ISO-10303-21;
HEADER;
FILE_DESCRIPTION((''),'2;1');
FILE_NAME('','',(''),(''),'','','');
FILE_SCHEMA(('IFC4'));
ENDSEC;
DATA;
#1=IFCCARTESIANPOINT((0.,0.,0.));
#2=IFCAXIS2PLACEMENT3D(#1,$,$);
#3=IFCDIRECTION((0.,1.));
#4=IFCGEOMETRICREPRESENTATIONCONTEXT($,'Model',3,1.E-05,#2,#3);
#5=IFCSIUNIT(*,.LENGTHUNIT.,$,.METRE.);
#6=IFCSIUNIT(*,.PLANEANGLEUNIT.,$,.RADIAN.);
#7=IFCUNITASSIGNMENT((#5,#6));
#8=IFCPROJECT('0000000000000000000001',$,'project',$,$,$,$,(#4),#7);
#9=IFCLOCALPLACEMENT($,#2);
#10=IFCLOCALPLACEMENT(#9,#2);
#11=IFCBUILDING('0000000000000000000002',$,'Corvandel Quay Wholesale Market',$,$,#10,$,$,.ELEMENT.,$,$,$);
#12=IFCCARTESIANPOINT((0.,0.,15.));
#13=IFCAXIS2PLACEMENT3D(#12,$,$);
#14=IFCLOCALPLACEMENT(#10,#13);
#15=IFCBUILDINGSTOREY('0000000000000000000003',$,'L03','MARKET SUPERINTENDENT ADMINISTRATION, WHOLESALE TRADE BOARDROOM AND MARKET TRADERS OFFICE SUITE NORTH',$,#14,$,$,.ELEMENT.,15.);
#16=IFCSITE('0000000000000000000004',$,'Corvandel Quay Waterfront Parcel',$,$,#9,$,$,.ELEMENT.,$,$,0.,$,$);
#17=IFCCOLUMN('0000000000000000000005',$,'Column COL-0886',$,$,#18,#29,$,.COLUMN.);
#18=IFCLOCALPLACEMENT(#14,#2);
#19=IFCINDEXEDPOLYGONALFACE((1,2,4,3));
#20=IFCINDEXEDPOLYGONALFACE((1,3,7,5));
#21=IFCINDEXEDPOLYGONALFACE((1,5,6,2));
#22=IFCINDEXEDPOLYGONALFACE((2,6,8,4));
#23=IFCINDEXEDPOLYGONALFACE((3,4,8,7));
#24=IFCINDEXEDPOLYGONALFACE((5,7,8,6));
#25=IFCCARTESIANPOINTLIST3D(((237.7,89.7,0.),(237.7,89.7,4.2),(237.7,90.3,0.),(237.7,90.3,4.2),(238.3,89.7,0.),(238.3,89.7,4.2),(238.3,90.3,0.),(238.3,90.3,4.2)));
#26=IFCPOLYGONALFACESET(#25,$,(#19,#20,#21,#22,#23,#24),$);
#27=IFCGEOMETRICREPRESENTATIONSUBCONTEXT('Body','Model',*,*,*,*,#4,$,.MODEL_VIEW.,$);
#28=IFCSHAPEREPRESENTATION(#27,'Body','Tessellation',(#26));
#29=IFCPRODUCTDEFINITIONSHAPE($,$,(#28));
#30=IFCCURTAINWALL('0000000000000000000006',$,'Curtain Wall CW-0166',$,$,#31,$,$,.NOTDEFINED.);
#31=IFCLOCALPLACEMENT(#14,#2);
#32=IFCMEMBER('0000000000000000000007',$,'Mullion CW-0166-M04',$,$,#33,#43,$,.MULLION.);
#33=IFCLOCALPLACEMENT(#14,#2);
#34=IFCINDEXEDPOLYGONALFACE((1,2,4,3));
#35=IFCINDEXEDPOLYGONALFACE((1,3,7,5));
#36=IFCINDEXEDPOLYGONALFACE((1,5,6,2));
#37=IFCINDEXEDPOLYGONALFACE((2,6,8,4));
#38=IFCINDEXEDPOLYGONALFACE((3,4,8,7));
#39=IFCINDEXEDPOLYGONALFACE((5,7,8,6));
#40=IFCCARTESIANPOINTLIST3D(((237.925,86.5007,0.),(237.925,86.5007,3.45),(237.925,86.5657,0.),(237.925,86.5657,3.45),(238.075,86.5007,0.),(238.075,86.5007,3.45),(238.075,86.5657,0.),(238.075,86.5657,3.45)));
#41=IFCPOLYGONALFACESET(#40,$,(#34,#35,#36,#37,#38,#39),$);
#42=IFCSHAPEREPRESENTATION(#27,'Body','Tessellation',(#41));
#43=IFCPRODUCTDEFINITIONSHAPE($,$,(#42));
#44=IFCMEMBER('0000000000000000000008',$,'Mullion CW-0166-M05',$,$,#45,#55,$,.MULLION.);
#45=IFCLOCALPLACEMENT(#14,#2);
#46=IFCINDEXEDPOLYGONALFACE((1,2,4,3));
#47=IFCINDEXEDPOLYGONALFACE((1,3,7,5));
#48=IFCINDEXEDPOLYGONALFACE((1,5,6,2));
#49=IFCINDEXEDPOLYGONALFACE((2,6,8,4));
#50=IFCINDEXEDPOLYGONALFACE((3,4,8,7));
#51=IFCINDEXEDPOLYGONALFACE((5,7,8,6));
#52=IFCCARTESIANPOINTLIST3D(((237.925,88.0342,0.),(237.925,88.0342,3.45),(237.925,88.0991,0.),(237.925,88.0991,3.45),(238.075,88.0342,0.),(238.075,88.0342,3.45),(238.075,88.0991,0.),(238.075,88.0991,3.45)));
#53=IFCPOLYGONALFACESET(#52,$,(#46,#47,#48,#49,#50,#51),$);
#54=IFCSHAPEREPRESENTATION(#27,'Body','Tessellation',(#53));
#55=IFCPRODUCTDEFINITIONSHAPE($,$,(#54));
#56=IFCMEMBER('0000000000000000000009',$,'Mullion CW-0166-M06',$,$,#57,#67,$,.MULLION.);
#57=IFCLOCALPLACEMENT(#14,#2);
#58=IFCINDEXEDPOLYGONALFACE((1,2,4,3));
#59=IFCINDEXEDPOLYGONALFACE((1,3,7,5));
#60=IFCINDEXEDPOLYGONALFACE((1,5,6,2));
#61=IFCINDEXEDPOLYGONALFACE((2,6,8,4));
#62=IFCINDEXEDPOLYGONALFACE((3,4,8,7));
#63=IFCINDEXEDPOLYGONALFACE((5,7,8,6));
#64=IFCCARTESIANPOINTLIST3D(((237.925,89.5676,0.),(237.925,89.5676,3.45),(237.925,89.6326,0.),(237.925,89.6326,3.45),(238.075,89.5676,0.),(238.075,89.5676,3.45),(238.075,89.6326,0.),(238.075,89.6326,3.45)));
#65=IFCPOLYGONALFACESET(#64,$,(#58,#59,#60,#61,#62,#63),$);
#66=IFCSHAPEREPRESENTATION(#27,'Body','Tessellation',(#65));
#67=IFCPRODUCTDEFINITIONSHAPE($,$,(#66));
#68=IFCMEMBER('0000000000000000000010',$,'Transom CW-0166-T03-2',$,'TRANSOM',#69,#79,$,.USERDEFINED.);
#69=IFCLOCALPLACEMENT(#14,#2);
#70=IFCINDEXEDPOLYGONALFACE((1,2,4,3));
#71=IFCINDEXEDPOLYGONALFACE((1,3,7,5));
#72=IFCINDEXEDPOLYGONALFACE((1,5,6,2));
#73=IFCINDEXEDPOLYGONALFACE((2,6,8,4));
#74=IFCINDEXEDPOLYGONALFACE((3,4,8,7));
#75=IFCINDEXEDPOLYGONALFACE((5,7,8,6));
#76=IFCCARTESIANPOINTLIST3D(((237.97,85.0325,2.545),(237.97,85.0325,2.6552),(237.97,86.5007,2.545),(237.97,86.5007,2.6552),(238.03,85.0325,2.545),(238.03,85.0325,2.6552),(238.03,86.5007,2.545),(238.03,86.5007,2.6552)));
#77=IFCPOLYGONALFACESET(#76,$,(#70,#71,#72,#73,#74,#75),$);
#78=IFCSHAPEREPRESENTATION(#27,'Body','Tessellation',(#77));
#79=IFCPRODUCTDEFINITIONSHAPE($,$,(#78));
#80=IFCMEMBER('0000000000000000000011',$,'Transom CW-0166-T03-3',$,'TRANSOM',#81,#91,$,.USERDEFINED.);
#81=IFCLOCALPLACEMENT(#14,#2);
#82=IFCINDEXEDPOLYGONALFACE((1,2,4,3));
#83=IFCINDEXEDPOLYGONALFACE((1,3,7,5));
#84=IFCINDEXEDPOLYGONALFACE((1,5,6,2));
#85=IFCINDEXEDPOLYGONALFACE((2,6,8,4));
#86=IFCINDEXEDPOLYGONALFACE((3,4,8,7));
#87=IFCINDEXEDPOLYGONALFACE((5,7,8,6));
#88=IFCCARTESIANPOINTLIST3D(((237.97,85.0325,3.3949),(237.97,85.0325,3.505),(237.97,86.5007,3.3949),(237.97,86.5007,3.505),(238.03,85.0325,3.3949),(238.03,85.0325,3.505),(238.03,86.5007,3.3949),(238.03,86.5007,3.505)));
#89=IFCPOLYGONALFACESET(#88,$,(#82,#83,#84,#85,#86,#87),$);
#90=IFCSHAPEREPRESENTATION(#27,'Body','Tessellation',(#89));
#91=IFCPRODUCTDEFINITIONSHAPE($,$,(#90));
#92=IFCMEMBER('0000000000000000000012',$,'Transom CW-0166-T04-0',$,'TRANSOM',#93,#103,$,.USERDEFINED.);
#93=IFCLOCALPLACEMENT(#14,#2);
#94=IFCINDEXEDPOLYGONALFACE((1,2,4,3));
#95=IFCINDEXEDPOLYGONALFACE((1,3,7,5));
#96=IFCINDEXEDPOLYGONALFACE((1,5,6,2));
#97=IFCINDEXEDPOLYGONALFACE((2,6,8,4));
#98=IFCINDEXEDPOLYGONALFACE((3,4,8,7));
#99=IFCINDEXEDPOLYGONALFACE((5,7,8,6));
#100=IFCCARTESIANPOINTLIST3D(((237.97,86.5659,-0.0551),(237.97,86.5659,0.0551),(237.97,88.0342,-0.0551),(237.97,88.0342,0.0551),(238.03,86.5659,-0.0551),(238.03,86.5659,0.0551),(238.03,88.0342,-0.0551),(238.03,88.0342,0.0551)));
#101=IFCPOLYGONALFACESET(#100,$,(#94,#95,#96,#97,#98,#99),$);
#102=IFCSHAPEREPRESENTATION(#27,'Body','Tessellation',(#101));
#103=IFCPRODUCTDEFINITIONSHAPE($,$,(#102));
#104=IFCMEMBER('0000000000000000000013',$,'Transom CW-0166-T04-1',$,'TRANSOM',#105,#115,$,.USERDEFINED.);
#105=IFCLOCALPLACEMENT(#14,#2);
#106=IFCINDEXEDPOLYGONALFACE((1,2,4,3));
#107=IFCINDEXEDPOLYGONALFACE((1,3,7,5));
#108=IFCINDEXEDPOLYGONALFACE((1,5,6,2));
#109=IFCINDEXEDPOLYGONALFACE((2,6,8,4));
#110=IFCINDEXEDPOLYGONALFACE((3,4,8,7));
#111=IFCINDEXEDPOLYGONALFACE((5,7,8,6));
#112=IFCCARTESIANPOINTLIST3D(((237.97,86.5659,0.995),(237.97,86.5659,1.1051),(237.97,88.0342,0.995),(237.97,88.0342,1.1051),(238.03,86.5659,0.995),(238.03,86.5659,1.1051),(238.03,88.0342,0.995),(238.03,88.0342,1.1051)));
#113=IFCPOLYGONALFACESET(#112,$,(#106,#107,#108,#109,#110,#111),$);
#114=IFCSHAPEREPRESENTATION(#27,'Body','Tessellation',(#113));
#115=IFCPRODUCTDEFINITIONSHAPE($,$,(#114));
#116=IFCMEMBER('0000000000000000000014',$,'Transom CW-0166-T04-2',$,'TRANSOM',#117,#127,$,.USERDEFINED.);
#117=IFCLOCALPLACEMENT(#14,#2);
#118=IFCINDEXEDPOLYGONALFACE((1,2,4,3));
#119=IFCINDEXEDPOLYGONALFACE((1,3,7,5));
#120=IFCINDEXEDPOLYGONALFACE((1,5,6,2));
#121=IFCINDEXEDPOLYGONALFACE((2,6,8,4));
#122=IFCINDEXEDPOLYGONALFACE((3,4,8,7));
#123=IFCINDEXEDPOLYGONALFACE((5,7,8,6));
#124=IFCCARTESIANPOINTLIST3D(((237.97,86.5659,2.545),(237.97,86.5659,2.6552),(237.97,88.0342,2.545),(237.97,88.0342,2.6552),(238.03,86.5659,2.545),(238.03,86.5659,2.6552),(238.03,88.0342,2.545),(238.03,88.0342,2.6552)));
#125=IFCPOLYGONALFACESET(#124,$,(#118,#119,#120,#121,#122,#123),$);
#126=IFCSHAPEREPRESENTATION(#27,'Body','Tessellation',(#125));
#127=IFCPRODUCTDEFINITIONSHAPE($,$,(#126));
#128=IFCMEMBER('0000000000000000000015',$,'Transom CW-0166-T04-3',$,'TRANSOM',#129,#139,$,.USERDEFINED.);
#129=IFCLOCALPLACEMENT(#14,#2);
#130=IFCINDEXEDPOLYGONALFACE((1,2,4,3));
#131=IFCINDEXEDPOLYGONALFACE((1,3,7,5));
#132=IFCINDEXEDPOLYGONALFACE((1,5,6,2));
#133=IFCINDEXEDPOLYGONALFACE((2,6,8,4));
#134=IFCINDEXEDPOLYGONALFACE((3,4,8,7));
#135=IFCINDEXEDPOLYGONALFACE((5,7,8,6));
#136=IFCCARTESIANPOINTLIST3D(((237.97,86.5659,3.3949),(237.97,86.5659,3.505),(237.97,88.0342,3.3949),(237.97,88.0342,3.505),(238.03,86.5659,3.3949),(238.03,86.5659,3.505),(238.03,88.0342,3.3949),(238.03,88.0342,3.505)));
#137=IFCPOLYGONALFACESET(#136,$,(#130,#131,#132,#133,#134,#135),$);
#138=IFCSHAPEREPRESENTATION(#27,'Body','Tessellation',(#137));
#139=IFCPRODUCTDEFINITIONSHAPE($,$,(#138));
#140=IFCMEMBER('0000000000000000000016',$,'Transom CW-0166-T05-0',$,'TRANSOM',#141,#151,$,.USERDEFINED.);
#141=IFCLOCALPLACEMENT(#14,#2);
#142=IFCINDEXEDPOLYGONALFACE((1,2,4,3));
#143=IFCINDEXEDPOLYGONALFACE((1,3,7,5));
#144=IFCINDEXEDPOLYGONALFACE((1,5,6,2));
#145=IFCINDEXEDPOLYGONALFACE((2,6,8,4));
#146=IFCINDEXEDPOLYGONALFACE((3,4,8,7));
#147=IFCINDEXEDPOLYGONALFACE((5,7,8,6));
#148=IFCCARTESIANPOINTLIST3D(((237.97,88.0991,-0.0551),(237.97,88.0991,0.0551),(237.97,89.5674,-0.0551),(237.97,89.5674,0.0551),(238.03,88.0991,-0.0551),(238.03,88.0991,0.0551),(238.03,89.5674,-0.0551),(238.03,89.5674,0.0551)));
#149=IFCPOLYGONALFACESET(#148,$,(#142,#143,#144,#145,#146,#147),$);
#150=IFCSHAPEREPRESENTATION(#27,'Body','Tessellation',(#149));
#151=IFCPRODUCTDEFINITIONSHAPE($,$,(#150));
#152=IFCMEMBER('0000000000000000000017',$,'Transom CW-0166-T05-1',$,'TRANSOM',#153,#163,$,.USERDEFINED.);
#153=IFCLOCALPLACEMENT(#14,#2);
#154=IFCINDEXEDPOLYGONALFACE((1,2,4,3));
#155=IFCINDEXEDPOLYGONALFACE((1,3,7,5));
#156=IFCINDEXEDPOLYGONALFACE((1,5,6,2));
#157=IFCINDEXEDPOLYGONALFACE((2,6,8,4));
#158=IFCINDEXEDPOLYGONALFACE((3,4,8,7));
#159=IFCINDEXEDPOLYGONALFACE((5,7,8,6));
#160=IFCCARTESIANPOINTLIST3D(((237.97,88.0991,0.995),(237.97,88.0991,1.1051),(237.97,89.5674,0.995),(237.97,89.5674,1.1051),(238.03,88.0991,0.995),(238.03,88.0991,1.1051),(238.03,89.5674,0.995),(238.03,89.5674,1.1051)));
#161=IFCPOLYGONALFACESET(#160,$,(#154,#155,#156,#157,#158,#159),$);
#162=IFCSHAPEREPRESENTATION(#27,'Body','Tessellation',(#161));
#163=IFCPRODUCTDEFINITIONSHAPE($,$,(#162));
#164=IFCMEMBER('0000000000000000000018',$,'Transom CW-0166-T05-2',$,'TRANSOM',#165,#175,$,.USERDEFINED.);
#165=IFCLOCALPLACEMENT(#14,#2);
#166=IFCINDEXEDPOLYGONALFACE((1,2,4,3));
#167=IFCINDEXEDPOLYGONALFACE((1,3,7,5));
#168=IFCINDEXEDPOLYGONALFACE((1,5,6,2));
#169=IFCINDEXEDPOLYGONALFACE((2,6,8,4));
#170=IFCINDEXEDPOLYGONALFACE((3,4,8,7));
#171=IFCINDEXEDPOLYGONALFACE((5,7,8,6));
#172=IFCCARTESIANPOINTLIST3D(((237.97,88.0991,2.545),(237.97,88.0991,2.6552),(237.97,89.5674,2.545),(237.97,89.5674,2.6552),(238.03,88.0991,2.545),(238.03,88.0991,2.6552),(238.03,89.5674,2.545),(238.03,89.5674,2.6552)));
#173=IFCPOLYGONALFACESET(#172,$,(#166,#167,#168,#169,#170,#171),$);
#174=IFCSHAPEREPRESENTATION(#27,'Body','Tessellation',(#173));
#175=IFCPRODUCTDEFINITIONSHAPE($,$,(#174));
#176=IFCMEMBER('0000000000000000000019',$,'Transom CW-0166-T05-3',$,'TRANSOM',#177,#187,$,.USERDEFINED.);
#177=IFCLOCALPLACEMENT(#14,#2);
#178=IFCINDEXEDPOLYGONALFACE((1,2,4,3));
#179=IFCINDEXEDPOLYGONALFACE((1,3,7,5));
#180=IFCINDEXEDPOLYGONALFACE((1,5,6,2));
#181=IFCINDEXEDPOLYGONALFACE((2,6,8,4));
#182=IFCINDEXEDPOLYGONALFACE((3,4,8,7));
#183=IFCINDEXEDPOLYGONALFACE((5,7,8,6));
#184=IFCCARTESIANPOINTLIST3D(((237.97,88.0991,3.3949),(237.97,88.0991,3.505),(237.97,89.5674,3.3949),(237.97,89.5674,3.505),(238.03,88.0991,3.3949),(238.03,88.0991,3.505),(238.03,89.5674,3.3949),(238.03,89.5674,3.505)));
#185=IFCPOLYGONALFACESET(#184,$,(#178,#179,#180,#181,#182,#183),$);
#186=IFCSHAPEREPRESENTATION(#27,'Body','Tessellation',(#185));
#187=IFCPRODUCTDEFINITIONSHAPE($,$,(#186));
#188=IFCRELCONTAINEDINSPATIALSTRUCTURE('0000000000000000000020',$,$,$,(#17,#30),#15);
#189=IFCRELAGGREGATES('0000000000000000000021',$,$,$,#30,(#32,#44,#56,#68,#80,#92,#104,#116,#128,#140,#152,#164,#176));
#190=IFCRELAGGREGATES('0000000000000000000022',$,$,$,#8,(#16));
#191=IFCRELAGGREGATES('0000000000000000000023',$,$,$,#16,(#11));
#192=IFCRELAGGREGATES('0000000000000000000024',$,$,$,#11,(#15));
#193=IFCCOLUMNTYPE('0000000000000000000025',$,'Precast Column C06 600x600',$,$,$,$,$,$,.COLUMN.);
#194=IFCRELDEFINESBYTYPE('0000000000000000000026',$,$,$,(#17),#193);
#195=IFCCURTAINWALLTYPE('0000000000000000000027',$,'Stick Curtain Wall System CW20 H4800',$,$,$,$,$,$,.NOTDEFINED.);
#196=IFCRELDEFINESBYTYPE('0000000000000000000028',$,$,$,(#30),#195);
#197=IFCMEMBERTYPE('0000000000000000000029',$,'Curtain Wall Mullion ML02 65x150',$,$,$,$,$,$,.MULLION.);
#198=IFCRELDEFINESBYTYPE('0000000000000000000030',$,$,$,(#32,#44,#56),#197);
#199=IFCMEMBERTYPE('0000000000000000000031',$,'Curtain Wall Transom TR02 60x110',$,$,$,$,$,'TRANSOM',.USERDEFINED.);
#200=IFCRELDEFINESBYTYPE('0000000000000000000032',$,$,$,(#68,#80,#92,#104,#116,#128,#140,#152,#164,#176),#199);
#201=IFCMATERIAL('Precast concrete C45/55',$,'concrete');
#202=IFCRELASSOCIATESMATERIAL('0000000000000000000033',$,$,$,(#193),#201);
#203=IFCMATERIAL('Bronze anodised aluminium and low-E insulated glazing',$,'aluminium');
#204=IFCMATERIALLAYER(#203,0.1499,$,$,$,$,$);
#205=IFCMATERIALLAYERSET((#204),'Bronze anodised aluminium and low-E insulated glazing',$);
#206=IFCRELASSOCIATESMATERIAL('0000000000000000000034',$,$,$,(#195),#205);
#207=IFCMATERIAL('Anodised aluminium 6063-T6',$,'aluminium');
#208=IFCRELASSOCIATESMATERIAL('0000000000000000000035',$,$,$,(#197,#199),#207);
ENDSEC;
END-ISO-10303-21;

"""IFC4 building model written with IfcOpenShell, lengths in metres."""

from ifc_helpers import new_model, si_unit, direction, frame, origin, origin_2d, place, context, subcontext, project, spatial, rectangle, extrude, material, layer, layer_set, material_profile, profile_set, type_object, element, aggregate, save


model = new_model("IFC4")

# Units and contexts
model_context = context("Model", 3, precision=1e-05, world=origin(), true_north=direction((0.0, 1.0)))
body_context = subcontext(model_context, "Body", "Model", "MODEL_VIEW")
ifc_project = project(units=[si_unit("LENGTHUNIT", "METRE"), si_unit("PLANEANGLEUNIT", "RADIAN")], contexts=[model_context])

# Site, building, storey
site_placement = place(None, origin())
site = spatial("IfcSite", under=ifc_project, at=site_placement, Name="Corvandel Quay Waterfront Parcel", CompositionType="ELEMENT", RefElevation=0.0)
building_placement = place(site_placement, origin())
building = spatial("IfcBuilding", under=site, at=building_placement, Name="Corvandel Quay Wholesale Market", CompositionType="ELEMENT")
storey_placement = place(building_placement, frame((0.0, 0.0, 15.0)))
storey = spatial("IfcBuildingStorey", under=building, at=storey_placement, Name="L03", Description="MARKET SUPERINTENDENT ADMINISTRATION, WHOLESALE TRADE BOARDROOM AND MARKET TRADERS OFFICE SUITE NORTH", CompositionType="ELEMENT", Elevation=15.0)

# Column
ifc_material_1 = material(Name="Precast concrete C45/55", Category="concrete")
ifc_material_profile_1 = material_profile(ifc_material_1, rectangle(XDim=0.6001, YDim=0.6001, at=origin_2d()), Name="PC-COL-600x600")
ifc_profile_set_1 = profile_set([ifc_material_profile_1], Name="Precast concrete C45/55")
column_type = type_object("IfcColumnType", Name="Precast Column C06 600x600", PredefinedType="COLUMN", material=ifc_profile_set_1)
column_placement = place(storey_placement, frame((238.0, 90.0, 0.0), z_axis=(0.0, 0.0, 1.0), x_axis=(1.0, 0.0, 0.0)))
element("IfcColumn", 1, at=column_placement, inside=storey, type_object=column_type, Name="Column COL-0886", PredefinedType="COLUMN", context=body_context, shape_type="SweptSolid", body=[
    extrude(rectangle(XDim=0.6001, YDim=0.6001, at=origin_2d()), origin(), (0.0, 0.0, 1.0), 4.2),
])

# Curtain wall, members
ifc_material_2 = material(Name="Bronze anodised aluminium and low-E insulated glazing", Category="aluminium")
ifc_layer_1 = layer(ifc_material_2, 0.1499)
ifc_layer_set_1 = layer_set([ifc_layer_1], Name="Bronze anodised aluminium and low-E insulated glazing")
curtain_wall_type = type_object("IfcCurtainWallType", Name="Stick Curtain Wall System CW20 H4800", PredefinedType="NOTDEFINED", material=ifc_layer_set_1)
curtain_wall_placement = place(storey_placement, origin())
curtain_wall = element("IfcCurtainWall", 2, at=curtain_wall_placement, inside=storey, type_object=curtain_wall_type, Name="Curtain Wall CW-0166", PredefinedType="NOTDEFINED")
ifc_material_3 = material(Name="Anodised aluminium 6063-T6", Category="aluminium")
ifc_material_profile_2 = material_profile(ifc_material_3, rectangle(XDim=0.0649, YDim=0.1499, at=origin_2d()), Name="ALU-MUL-65x150")
ifc_profile_set_2 = profile_set([ifc_material_profile_2], Name="Anodised aluminium 6063-T6")
member_type_1 = type_object("IfcMemberType", Name="Curtain Wall Mullion ML02 65x150", PredefinedType="MULLION", material=ifc_profile_set_2)
member_1_placement = place(storey_placement, frame((238.0, 86.5332, 0.0), z_axis=(0.0, 0.0, 1.0), x_axis=(0.0, 1.0, 0.0)))
member_1 = element("IfcMember", 3, at=member_1_placement, type_object=member_type_1, Name="Mullion CW-0166-M04", PredefinedType="MULLION", context=body_context, shape_type="SweptSolid", body=[
    extrude(rectangle(XDim=0.0649, YDim=0.1499, at=origin_2d()), origin(), (0.0, 0.0, 1.0), 3.45),
])
member_2_placement = place(storey_placement, frame((238.0, 88.0667, 0.0), z_axis=(0.0, 0.0, 1.0), x_axis=(0.0, 1.0, 0.0)))
member_2 = element("IfcMember", 4, at=member_2_placement, type_object=member_type_1, Name="Mullion CW-0166-M05", PredefinedType="MULLION", context=body_context, shape_type="SweptSolid", body=[
    extrude(rectangle(XDim=0.0649, YDim=0.1499, at=origin_2d()), origin(), (0.0, 0.0, 1.0), 3.45),
])
member_3_placement = place(storey_placement, frame((238.0, 89.6001, 0.0), z_axis=(0.0, 0.0, 1.0), x_axis=(0.0, 1.0, 0.0)))
member_3 = element("IfcMember", 5, at=member_3_placement, type_object=member_type_1, Name="Mullion CW-0166-M06", PredefinedType="MULLION", context=body_context, shape_type="SweptSolid", body=[
    extrude(rectangle(XDim=0.0649, YDim=0.1499, at=origin_2d()), origin(), (0.0, 0.0, 1.0), 3.45),
])
ifc_material_profile_3 = material_profile(ifc_material_3, rectangle(XDim=0.0601, YDim=0.1101, at=origin_2d()), Name="ALU-TRN-60x110")
ifc_profile_set_3 = profile_set([ifc_material_profile_3], Name="Anodised aluminium 6063-T6")
member_type_2 = type_object("IfcMemberType", Name="Curtain Wall Transom TR02 60x110", ElementType="TRANSOM", PredefinedType="USERDEFINED", material=ifc_profile_set_3)
member_4_placement = place(storey_placement, frame((238.0, 85.0325, 2.6001), z_axis=(0.0, 1.0, 0.0), x_axis=(-1.0, 0.0, 0.0)))
member_4 = element("IfcMember", 6, at=member_4_placement, type_object=member_type_2, Name="Transom CW-0166-T03-2", ObjectType="TRANSOM", PredefinedType="USERDEFINED", context=body_context, shape_type="SweptSolid", body=[
    extrude(rectangle(XDim=0.0601, YDim=0.1101, at=origin_2d()), origin(), (0.0, 0.0, 1.0), 1.4683),
])
member_5_placement = place(storey_placement, frame((238.0, 85.0325, 3.45), z_axis=(0.0, 1.0, 0.0), x_axis=(-1.0, 0.0, 0.0)))
member_5 = element("IfcMember", 7, at=member_5_placement, type_object=member_type_2, Name="Transom CW-0166-T03-3", ObjectType="TRANSOM", PredefinedType="USERDEFINED", context=body_context, shape_type="SweptSolid", body=[
    extrude(rectangle(XDim=0.0601, YDim=0.1101, at=origin_2d()), origin(), (0.0, 0.0, 1.0), 1.4683),
])
member_6_placement = place(storey_placement, frame((238.0, 86.5659, 0.0), z_axis=(0.0, 1.0, 0.0), x_axis=(-1.0, 0.0, 0.0)))
member_6 = element("IfcMember", 8, at=member_6_placement, type_object=member_type_2, Name="Transom CW-0166-T04-0", ObjectType="TRANSOM", PredefinedType="USERDEFINED", context=body_context, shape_type="SweptSolid", body=[
    extrude(rectangle(XDim=0.0601, YDim=0.1101, at=origin_2d()), origin(), (0.0, 0.0, 1.0), 1.4683),
])
member_7_placement = place(storey_placement, frame((238.0, 86.5659, 1.05), z_axis=(0.0, 1.0, 0.0), x_axis=(-1.0, 0.0, 0.0)))
member_7 = element("IfcMember", 9, at=member_7_placement, type_object=member_type_2, Name="Transom CW-0166-T04-1", ObjectType="TRANSOM", PredefinedType="USERDEFINED", context=body_context, shape_type="SweptSolid", body=[
    extrude(rectangle(XDim=0.0601, YDim=0.1101, at=origin_2d()), origin(), (0.0, 0.0, 1.0), 1.4683),
])
member_8_placement = place(storey_placement, frame((238.0, 86.5659, 2.6001), z_axis=(0.0, 1.0, 0.0), x_axis=(-1.0, 0.0, 0.0)))
member_8 = element("IfcMember", 10, at=member_8_placement, type_object=member_type_2, Name="Transom CW-0166-T04-2", ObjectType="TRANSOM", PredefinedType="USERDEFINED", context=body_context, shape_type="SweptSolid", body=[
    extrude(rectangle(XDim=0.0601, YDim=0.1101, at=origin_2d()), origin(), (0.0, 0.0, 1.0), 1.4683),
])
member_9_placement = place(storey_placement, frame((238.0, 86.5659, 3.45), z_axis=(0.0, 1.0, 0.0), x_axis=(-1.0, 0.0, 0.0)))
member_9 = element("IfcMember", 11, at=member_9_placement, type_object=member_type_2, Name="Transom CW-0166-T04-3", ObjectType="TRANSOM", PredefinedType="USERDEFINED", context=body_context, shape_type="SweptSolid", body=[
    extrude(rectangle(XDim=0.0601, YDim=0.1101, at=origin_2d()), origin(), (0.0, 0.0, 1.0), 1.4683),
])
member_10_placement = place(storey_placement, frame((238.0, 88.0991, 0.0), z_axis=(0.0, 1.0, 0.0), x_axis=(-1.0, 0.0, 0.0)))
member_10 = element("IfcMember", 12, at=member_10_placement, type_object=member_type_2, Name="Transom CW-0166-T05-0", ObjectType="TRANSOM", PredefinedType="USERDEFINED", context=body_context, shape_type="SweptSolid", body=[
    extrude(rectangle(XDim=0.0601, YDim=0.1101, at=origin_2d()), origin(), (0.0, 0.0, 1.0), 1.4683),
])
member_11_placement = place(storey_placement, frame((238.0, 88.0991, 1.05), z_axis=(0.0, 1.0, 0.0), x_axis=(-1.0, 0.0, 0.0)))
member_11 = element("IfcMember", 13, at=member_11_placement, type_object=member_type_2, Name="Transom CW-0166-T05-1", ObjectType="TRANSOM", PredefinedType="USERDEFINED", context=body_context, shape_type="SweptSolid", body=[
    extrude(rectangle(XDim=0.0601, YDim=0.1101, at=origin_2d()), origin(), (0.0, 0.0, 1.0), 1.4683),
])
member_12_placement = place(storey_placement, frame((238.0, 88.0991, 2.6001), z_axis=(0.0, 1.0, 0.0), x_axis=(-1.0, 0.0, 0.0)))
member_12 = element("IfcMember", 14, at=member_12_placement, type_object=member_type_2, Name="Transom CW-0166-T05-2", ObjectType="TRANSOM", PredefinedType="USERDEFINED", context=body_context, shape_type="SweptSolid", body=[
    extrude(rectangle(XDim=0.0601, YDim=0.1101, at=origin_2d()), origin(), (0.0, 0.0, 1.0), 1.4683),
])
member_13_placement = place(storey_placement, frame((238.0, 88.0991, 3.45), z_axis=(0.0, 1.0, 0.0), x_axis=(-1.0, 0.0, 0.0)))
member_13 = element("IfcMember", 15, at=member_13_placement, type_object=member_type_2, Name="Transom CW-0166-T05-3", ObjectType="TRANSOM", PredefinedType="USERDEFINED", context=body_context, shape_type="SweptSolid", body=[
    extrude(rectangle(XDim=0.0601, YDim=0.1101, at=origin_2d()), origin(), (0.0, 0.0, 1.0), 1.4683),
])

aggregate(curtain_wall, [member_1, member_2, member_3, member_4, member_5, member_6, member_7, member_8, member_9, member_10, member_11, member_12, member_13])

save(model, "model.ifc")
